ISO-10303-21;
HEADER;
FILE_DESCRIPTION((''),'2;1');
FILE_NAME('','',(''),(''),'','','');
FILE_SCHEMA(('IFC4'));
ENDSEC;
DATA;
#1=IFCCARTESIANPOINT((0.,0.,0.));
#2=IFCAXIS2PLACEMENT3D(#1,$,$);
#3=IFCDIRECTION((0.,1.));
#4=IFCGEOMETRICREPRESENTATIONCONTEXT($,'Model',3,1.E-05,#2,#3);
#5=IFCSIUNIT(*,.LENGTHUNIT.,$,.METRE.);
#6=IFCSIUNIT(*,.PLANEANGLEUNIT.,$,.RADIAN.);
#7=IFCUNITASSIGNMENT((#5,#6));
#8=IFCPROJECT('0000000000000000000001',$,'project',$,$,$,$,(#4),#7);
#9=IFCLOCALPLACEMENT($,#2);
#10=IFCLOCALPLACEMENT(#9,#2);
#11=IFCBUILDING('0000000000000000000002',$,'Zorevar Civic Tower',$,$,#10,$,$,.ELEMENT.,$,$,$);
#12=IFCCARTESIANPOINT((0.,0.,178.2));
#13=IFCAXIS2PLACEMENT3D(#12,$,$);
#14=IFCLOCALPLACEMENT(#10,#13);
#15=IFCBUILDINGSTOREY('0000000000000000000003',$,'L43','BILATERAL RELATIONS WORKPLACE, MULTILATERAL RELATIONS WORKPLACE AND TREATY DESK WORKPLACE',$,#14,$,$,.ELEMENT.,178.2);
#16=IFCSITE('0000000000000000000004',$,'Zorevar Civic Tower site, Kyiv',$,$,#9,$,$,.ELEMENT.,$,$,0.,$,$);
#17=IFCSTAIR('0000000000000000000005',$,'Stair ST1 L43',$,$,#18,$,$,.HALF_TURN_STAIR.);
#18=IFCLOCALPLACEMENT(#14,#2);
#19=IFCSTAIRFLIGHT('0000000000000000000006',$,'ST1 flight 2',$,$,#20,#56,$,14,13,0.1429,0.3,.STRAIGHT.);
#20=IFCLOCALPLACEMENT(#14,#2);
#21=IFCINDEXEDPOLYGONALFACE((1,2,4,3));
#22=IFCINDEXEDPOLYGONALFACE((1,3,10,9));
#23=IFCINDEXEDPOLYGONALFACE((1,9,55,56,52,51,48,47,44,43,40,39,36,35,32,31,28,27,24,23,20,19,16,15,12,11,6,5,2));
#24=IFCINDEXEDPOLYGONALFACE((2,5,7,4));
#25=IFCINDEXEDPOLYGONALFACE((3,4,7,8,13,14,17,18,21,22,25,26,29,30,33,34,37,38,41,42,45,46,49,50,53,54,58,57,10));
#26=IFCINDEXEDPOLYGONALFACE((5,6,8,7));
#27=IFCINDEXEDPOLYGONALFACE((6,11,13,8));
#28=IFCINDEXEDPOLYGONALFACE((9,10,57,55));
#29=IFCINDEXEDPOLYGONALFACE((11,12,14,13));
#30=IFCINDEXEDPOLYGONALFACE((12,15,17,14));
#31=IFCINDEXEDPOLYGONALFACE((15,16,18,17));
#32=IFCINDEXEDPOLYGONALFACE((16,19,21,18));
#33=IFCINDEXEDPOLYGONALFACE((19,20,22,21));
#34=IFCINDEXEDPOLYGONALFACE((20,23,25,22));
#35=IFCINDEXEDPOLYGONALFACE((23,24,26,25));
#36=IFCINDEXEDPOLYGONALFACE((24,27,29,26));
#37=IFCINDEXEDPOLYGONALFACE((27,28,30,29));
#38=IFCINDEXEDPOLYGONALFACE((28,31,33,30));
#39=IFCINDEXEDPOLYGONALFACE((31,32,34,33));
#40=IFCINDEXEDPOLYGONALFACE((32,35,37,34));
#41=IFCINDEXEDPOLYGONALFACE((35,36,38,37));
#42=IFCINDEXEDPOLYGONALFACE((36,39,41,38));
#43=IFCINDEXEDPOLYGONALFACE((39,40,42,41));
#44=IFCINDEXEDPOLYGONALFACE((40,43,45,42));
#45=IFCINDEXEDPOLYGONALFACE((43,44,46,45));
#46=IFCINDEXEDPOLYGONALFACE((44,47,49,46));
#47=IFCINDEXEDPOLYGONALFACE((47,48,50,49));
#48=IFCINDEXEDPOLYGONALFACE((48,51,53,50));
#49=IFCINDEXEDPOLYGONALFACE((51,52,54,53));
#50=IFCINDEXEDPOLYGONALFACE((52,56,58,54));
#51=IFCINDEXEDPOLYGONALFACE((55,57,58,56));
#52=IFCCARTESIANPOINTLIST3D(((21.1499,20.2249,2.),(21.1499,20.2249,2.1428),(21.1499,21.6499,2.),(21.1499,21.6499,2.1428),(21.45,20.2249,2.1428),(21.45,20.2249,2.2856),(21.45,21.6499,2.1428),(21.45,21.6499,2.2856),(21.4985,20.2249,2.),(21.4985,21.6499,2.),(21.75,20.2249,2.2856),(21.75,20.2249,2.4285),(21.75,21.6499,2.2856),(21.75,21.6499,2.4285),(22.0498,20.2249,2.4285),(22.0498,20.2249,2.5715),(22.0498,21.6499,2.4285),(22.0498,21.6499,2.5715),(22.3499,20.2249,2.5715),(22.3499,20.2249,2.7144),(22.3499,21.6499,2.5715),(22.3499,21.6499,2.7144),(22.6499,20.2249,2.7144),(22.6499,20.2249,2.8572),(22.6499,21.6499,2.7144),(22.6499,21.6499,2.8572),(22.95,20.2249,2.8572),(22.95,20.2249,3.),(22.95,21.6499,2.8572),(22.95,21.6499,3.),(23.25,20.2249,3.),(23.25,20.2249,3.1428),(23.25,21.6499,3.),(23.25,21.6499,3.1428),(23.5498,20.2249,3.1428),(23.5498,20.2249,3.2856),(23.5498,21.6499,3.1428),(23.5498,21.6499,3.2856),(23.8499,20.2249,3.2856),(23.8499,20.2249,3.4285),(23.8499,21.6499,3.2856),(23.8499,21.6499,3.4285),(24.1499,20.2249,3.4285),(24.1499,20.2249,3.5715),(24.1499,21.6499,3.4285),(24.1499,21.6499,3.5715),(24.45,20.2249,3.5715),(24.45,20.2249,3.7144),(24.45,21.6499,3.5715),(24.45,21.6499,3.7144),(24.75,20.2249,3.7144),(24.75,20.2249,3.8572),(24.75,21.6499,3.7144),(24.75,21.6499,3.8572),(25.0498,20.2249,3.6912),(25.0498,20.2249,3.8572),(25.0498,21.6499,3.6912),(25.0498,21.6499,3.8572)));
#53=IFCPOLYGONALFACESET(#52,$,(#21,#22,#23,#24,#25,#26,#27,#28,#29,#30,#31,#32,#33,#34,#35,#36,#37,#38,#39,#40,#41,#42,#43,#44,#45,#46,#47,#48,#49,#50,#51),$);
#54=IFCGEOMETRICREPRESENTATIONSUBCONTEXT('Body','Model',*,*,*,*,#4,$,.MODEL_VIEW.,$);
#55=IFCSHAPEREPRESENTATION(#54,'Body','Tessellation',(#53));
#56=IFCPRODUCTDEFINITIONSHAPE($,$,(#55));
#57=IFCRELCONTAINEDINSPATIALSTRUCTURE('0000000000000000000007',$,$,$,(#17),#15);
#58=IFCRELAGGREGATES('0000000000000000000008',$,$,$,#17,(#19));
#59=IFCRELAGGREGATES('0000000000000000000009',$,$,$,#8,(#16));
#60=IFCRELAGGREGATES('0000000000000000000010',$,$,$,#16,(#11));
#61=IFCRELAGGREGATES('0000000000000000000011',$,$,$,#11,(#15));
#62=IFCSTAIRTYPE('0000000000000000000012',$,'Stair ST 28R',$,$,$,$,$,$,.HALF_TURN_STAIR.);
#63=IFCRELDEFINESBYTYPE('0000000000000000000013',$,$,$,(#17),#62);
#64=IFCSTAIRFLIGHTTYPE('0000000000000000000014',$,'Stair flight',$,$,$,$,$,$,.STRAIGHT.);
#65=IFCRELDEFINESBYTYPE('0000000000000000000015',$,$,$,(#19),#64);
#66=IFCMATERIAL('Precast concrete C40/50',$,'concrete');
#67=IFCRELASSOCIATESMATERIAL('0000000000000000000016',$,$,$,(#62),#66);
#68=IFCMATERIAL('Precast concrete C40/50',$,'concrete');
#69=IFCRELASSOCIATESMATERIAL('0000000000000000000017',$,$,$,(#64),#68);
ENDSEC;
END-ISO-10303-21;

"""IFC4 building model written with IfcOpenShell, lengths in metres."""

from ifc_helpers import new_model, si_unit, direction, frame, origin, place, context, subcontext, project, spatial, polyline, outline, extrude, material, type_object, element, aggregate, save


model = new_model("IFC4")

# Units and contexts
model_context = context("Model", 3, precision=1e-05, world=origin(), true_north=direction((0.0, 1.0)))
body_context = subcontext(model_context, "Body", "Model", "MODEL_VIEW")
ifc_project = project(units=[si_unit("LENGTHUNIT", "METRE"), si_unit("PLANEANGLEUNIT", "RADIAN")], contexts=[model_context])

# Site, building, storey
site_placement = place(None, origin())
site = spatial("IfcSite", under=ifc_project, at=site_placement, Name="Zorevar Civic Tower site, Kyiv", CompositionType="ELEMENT", RefElevation=0.0)
building_placement = place(site_placement, origin())
building = spatial("IfcBuilding", under=site, at=building_placement, Name="Zorevar Civic Tower", CompositionType="ELEMENT")
storey_placement = place(building_placement, frame((0.0, 0.0, 178.2)))
storey = spatial("IfcBuildingStorey", under=building, at=storey_placement, Name="L43", Description="BILATERAL RELATIONS WORKPLACE, MULTILATERAL RELATIONS WORKPLACE AND TREATY DESK WORKPLACE", CompositionType="ELEMENT", Elevation=178.2)

# Stair, stair flight
ifc_material_1 = material(Name="Precast concrete C40/50", Category="concrete")
stair_type = type_object("IfcStairType", Name="Stair ST 28R", PredefinedType="HALF_TURN_STAIR", material=ifc_material_1)
stair_placement = place(storey_placement, origin())
stair = element("IfcStair", 1, at=stair_placement, inside=storey, type_object=stair_type, Name="Stair ST1 L43", PredefinedType="HALF_TURN_STAIR")
ifc_material_2 = material(Name="Precast concrete C40/50", Category="concrete")
stair_flight_type = type_object("IfcStairFlightType", Name="Stair flight", PredefinedType="STRAIGHT", material=ifc_material_2)
stair_flight_placement = place(storey_placement, frame((21.1499, 20.9375, 2.0), z_axis=(0.0, 0.0, 1.0), x_axis=(1.0, 0.0, 0.0)))
stair_flight = element("IfcStairFlight", 2, at=stair_flight_placement, type_object=stair_flight_type, Name="ST1 flight 2", NumberOfRisers=14, NumberOfTreads=13, PredefinedType="STRAIGHT", RiserHeight=0.1429, TreadLength=0.3, context=body_context, shape_type="SweptSolid", body=[
    extrude(outline(polyline([(0.0, 0.0), (0.0, 0.1428), (0.3, 0.1428), (0.3, 0.2856), (0.6001, 0.2856), (0.6001, 0.4285), (0.8999, 0.4285), (0.8999, 0.5715), (1.2, 0.5715), (1.2, 0.7144), (1.5, 0.7144), (1.5, 0.8572), (1.8, 0.8572), (1.8, 1.0), (2.1001, 1.0), (2.1001, 1.1428), (2.3999, 1.1428), (2.3999, 1.2856), (2.7, 1.2856), (2.7, 1.4285), (3.0, 1.4285), (3.0, 1.5715), (3.3, 1.5715), (3.3, 1.7144), (3.6001, 1.7144), (3.6001, 1.8572), (3.8999, 1.8572), (3.8999, 2.0), (3.8999, 1.6912), (0.3486, 0.0), (0.0, 0.0)])), frame((0.0, 0.7124, 0.0), z_axis=(0.0, -1.0, 0.0), x_axis=(1.0, 0.0, 0.0)), (0.0, 0.0, 1.0), 1.425),
])
aggregate(stair, [stair_flight])

save(model, "model.ifc")
